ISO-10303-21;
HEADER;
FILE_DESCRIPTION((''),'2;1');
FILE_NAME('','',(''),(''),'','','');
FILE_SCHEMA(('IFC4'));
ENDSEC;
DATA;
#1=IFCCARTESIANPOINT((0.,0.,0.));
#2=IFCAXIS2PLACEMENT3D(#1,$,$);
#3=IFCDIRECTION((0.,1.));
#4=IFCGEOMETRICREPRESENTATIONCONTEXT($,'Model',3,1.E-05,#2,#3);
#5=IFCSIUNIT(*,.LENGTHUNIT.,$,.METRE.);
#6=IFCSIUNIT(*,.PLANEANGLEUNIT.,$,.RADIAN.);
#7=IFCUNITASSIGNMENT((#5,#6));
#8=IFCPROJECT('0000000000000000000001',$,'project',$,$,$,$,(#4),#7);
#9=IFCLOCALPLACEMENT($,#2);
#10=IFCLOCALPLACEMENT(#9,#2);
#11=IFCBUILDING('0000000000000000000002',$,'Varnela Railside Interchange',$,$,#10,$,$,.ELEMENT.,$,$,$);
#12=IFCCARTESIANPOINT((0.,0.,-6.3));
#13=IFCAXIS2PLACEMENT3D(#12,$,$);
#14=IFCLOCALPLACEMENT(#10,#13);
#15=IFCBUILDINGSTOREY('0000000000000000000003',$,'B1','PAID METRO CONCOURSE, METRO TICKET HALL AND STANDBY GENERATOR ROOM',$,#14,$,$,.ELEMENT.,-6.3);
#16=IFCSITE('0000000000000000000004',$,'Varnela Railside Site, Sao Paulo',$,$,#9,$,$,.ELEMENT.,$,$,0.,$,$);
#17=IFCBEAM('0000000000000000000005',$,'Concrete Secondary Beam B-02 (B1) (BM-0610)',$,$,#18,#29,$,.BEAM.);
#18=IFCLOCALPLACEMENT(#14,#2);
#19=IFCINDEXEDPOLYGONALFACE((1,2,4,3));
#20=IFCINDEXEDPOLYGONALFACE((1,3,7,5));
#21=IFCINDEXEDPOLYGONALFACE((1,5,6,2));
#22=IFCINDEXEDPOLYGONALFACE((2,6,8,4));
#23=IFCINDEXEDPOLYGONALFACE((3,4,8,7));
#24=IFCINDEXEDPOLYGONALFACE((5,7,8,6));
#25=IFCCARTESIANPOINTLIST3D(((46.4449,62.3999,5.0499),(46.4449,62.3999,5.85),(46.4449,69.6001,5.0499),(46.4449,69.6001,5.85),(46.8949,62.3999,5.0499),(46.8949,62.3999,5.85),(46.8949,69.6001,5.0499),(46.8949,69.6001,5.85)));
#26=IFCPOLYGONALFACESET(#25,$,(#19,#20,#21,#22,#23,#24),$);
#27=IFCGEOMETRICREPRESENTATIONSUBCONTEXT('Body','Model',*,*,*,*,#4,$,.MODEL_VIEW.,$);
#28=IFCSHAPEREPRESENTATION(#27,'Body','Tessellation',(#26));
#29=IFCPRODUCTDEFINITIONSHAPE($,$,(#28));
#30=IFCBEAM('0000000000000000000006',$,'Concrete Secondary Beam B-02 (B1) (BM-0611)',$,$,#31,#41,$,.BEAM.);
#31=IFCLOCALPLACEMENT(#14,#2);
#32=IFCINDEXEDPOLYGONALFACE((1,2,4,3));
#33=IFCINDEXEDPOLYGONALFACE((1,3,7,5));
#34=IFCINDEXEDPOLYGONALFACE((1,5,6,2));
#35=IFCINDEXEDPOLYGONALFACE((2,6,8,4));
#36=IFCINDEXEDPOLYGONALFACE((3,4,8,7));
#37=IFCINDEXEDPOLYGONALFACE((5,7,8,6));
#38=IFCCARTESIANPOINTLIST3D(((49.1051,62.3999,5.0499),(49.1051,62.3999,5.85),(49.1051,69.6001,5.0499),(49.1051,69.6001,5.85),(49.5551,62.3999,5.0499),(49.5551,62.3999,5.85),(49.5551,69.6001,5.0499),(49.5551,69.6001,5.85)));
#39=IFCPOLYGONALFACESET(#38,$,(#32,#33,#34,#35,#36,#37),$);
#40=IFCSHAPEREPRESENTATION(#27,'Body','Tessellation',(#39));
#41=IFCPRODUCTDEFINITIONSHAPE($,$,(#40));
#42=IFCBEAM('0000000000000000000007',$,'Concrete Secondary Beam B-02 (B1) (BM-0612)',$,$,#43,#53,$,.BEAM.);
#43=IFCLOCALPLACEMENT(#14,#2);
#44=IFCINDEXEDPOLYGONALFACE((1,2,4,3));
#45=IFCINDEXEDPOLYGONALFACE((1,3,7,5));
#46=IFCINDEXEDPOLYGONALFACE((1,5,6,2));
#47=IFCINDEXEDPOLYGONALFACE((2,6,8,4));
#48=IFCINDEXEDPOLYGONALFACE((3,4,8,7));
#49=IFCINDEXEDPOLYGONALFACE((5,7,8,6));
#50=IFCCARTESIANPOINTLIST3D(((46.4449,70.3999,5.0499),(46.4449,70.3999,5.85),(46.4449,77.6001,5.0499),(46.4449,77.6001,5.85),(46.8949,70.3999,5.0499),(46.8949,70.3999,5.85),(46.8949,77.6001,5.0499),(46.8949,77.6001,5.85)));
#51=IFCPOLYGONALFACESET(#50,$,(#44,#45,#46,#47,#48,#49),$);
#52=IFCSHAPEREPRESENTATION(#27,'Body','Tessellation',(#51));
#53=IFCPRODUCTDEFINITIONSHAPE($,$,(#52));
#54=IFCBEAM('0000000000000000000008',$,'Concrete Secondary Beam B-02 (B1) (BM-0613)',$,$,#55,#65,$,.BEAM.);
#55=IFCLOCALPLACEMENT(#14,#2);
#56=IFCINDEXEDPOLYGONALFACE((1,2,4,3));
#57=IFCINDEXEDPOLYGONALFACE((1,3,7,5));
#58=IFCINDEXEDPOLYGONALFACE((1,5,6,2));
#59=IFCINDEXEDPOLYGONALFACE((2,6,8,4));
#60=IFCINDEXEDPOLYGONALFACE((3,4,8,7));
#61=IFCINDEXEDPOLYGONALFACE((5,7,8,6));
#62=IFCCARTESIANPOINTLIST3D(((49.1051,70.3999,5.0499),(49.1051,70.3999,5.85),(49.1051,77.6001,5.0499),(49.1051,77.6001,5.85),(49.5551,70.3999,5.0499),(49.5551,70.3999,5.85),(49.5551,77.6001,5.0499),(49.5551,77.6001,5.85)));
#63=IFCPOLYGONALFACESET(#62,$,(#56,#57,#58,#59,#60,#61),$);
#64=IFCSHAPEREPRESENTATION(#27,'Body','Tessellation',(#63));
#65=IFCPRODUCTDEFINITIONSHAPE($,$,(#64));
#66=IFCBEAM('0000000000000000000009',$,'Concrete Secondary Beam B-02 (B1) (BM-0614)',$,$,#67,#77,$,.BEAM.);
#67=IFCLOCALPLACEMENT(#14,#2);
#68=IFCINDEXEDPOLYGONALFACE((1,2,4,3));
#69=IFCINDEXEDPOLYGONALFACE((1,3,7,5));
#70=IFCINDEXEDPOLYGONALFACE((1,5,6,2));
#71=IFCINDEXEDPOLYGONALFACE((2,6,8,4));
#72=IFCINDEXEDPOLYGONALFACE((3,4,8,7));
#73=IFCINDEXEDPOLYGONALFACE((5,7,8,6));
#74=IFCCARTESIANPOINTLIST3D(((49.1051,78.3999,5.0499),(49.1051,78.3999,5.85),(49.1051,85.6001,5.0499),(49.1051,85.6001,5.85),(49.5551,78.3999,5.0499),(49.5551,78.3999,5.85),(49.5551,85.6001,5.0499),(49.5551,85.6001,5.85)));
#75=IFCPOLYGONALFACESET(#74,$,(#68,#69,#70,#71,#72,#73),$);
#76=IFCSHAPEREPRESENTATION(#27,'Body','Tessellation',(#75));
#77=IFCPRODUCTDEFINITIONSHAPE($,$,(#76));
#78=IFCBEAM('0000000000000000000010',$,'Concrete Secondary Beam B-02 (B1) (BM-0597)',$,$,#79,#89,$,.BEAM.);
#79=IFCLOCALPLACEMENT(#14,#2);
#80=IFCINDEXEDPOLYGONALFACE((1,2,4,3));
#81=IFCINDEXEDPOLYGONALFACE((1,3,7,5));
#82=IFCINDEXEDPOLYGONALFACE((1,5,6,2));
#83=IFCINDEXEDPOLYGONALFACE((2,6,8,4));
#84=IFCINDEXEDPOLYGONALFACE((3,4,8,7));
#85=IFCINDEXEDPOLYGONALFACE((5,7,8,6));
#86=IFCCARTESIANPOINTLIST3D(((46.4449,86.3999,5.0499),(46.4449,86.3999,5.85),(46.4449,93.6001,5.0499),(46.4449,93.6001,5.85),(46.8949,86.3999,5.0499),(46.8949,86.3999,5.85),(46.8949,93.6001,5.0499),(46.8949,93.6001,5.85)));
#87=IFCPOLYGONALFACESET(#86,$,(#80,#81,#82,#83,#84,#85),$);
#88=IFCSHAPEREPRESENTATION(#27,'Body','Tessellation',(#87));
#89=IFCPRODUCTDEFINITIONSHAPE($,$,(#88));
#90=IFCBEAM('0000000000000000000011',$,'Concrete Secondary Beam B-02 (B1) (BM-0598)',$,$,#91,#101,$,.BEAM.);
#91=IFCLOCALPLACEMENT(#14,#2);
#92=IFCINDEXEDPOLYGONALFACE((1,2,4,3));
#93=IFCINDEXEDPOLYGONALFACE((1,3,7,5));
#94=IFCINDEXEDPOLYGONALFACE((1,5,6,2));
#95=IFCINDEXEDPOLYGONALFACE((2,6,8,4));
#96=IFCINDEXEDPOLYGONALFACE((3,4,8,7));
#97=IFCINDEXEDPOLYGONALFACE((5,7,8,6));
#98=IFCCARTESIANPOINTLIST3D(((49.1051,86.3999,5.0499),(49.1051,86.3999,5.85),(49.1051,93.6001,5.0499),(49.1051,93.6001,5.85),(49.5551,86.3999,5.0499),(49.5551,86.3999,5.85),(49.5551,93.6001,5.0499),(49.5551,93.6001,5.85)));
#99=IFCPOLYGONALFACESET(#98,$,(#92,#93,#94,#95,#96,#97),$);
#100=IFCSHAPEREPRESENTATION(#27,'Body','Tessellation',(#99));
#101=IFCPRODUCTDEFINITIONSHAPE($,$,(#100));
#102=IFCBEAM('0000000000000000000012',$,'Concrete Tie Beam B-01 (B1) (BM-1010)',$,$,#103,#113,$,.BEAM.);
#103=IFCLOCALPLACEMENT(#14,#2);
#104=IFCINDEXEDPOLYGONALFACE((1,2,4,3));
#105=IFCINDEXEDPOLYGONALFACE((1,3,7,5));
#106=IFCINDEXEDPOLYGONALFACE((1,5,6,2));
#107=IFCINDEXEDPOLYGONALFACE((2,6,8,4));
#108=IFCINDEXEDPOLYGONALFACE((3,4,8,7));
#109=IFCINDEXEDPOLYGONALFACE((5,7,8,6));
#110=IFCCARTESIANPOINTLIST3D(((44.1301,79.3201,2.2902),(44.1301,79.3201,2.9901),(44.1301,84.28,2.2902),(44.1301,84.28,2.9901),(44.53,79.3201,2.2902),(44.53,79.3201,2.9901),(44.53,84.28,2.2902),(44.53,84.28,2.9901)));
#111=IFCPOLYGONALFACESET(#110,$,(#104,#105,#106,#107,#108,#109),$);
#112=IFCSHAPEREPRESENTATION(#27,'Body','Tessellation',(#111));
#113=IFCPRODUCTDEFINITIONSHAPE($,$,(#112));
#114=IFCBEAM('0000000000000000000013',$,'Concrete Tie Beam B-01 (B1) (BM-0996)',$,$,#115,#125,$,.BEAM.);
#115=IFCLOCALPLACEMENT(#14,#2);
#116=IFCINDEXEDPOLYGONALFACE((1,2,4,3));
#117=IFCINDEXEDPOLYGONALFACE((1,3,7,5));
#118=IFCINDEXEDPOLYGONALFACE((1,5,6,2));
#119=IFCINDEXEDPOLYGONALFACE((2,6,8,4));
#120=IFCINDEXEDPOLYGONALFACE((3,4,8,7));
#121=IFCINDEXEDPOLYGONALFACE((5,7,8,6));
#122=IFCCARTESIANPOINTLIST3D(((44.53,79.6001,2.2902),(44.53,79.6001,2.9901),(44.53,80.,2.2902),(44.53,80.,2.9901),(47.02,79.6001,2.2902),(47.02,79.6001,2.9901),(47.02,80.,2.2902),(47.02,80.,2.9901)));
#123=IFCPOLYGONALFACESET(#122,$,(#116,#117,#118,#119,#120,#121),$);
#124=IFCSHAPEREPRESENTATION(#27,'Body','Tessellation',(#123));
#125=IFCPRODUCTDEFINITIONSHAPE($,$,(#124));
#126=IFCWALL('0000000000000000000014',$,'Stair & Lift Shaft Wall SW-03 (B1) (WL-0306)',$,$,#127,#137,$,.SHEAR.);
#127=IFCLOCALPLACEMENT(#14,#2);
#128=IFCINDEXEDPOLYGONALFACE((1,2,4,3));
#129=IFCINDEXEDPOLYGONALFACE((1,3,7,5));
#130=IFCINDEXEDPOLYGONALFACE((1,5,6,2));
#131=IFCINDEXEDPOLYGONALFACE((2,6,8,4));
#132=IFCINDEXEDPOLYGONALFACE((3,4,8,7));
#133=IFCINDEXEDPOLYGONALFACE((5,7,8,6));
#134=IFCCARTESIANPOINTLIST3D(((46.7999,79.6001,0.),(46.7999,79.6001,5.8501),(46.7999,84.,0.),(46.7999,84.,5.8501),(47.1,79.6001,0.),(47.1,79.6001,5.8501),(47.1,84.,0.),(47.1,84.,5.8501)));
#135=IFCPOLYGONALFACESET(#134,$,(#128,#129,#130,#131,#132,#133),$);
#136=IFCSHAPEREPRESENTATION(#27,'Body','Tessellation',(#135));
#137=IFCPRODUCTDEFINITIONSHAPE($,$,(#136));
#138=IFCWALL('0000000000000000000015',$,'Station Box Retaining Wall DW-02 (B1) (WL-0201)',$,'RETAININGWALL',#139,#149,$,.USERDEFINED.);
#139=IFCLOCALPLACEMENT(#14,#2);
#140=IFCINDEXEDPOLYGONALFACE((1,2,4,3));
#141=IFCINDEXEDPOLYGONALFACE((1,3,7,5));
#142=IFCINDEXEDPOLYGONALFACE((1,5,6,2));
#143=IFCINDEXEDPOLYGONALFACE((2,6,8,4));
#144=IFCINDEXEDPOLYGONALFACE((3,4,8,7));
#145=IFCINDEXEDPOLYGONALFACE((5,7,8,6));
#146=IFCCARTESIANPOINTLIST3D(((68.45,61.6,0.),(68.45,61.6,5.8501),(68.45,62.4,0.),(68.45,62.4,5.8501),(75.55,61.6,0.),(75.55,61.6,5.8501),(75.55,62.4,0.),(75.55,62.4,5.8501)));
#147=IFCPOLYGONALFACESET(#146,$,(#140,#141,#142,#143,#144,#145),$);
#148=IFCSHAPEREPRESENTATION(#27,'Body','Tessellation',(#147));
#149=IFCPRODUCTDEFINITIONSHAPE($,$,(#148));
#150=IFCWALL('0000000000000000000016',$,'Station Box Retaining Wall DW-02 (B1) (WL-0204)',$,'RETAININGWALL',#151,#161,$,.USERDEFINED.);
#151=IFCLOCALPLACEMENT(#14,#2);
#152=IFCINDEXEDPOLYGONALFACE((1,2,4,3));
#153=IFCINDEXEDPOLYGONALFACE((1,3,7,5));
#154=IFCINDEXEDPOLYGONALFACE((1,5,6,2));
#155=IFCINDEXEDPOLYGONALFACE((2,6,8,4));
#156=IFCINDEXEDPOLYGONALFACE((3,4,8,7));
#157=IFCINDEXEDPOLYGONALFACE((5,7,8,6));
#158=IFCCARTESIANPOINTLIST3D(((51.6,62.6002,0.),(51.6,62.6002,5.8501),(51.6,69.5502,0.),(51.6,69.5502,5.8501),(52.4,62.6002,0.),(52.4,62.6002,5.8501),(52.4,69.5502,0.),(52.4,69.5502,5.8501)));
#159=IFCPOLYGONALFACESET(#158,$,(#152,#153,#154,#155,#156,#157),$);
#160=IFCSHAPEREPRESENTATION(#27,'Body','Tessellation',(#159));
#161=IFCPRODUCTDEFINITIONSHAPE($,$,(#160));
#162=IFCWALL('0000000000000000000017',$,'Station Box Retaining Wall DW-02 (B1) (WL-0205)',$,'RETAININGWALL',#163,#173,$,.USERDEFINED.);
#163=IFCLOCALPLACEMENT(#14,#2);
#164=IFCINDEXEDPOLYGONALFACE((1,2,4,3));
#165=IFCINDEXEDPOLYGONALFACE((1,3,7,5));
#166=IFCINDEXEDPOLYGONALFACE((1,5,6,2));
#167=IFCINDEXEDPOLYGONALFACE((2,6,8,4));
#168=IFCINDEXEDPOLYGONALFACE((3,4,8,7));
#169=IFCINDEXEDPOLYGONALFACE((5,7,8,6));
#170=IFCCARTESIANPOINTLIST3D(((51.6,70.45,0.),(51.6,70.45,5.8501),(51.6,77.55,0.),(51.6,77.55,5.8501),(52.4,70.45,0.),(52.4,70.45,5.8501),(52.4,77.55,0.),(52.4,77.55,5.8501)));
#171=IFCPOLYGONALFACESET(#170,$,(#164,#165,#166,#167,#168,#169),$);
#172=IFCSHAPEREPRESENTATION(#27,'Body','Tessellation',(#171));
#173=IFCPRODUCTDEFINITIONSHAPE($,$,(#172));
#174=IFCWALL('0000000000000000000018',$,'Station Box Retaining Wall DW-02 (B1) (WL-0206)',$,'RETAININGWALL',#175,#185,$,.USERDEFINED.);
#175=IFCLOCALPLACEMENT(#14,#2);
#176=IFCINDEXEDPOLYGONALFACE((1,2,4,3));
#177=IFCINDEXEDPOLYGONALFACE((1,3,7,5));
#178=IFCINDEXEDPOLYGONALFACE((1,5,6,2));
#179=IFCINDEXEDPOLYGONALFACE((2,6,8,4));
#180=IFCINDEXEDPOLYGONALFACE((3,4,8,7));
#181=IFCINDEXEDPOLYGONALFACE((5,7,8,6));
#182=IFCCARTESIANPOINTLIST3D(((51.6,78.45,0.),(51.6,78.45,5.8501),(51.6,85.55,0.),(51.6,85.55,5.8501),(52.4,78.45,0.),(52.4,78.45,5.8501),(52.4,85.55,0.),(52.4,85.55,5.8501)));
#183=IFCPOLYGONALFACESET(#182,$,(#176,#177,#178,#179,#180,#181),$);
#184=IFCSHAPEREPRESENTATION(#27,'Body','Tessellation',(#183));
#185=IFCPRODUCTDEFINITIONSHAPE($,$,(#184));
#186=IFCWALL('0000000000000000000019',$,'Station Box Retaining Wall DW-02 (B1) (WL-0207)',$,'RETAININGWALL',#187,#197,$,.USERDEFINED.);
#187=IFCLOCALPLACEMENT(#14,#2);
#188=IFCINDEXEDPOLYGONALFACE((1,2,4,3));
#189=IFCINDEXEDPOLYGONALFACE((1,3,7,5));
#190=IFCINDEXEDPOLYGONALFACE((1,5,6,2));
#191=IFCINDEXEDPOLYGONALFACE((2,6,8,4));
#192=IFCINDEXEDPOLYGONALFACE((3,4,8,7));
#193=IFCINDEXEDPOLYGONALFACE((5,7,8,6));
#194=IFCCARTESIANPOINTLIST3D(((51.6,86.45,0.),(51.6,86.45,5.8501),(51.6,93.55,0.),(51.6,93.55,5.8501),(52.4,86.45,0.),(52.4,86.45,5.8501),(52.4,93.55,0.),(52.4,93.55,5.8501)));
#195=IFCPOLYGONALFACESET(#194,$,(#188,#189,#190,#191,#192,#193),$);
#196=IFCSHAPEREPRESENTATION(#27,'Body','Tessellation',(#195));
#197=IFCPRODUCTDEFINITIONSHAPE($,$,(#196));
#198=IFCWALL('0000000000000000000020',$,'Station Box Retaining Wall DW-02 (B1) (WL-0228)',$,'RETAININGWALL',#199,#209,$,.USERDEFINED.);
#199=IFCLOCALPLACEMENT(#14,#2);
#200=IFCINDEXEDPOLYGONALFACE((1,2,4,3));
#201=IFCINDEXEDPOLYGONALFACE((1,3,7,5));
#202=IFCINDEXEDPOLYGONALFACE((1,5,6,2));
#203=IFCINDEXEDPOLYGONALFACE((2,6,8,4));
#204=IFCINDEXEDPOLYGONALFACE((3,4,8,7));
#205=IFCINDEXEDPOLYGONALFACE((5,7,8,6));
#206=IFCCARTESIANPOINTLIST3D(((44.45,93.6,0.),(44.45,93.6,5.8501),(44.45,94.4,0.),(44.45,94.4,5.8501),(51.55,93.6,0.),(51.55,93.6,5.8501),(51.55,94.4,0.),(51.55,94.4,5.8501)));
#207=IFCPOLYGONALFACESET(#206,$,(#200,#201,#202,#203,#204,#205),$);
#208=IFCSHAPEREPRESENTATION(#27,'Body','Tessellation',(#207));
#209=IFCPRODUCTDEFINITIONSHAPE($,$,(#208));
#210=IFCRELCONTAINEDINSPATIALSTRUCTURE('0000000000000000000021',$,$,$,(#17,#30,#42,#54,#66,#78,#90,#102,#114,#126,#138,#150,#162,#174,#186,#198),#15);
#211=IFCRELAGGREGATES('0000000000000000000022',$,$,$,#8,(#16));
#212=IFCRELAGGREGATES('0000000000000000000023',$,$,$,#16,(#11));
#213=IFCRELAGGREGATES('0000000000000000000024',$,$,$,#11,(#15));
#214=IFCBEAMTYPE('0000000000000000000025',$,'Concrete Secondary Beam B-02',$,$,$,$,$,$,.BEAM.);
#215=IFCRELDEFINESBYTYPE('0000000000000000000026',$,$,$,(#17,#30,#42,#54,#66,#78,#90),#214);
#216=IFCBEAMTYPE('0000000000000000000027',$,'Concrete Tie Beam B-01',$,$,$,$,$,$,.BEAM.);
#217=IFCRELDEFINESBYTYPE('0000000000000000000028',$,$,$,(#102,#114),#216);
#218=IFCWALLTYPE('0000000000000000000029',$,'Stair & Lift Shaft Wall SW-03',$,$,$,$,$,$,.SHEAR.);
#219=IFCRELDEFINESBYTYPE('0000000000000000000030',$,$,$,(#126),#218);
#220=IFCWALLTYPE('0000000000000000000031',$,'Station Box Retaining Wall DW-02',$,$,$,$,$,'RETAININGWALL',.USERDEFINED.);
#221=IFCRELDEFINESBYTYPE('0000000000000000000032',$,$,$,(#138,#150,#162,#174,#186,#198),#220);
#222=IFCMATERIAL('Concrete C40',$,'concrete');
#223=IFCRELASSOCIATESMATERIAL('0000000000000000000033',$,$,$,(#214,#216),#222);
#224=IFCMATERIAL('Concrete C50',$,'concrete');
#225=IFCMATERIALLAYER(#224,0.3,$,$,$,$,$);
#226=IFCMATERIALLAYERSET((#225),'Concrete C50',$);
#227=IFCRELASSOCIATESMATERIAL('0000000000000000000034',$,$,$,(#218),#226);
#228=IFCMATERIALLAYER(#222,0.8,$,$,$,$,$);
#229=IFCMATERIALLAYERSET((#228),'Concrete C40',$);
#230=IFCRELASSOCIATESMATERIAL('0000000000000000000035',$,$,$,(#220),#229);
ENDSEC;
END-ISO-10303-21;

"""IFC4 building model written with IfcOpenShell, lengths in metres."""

from ifc_helpers import new_model, si_unit, direction, frame, frame_2d, origin, origin_2d, place, context, subcontext, project, spatial, rectangle, extrude, material, layer, layer_set, material_profile, profile_set, type_object, element, save


model = new_model("IFC4")

# Units and contexts
model_context = context("Model", 3, precision=1e-05, world=origin(), true_north=direction((0.0, 1.0)))
body_context = subcontext(model_context, "Body", "Model", "MODEL_VIEW")
ifc_project = project(units=[si_unit("LENGTHUNIT", "METRE"), si_unit("PLANEANGLEUNIT", "RADIAN")], contexts=[model_context])

# Site, building, storey
site_placement = place(None, origin())
site = spatial("IfcSite", under=ifc_project, at=site_placement, Name="Varnela Railside Site, Sao Paulo", CompositionType="ELEMENT", RefElevation=0.0)
building_placement = place(site_placement, origin())
building = spatial("IfcBuilding", under=site, at=building_placement, Name="Varnela Railside Interchange", CompositionType="ELEMENT")
storey_placement = place(building_placement, frame((0.0, 0.0, -6.3)))
storey = spatial("IfcBuildingStorey", under=building, at=storey_placement, Name="B1", Description="PAID METRO CONCOURSE, METRO TICKET HALL AND STANDBY GENERATOR ROOM", CompositionType="ELEMENT", Elevation=-6.3)

# Shared definitions
ifc_material_1 = material(Name="Concrete C50", Category="concrete")

# Beams
ifc_material_2 = material(Name="Concrete C40", Category="concrete")
ifc_material_profile_1 = material_profile(ifc_material_2, rectangle(XDim=0.45, YDim=0.8, at=origin_2d()), Name="RC 450x800")
ifc_profile_set_1 = profile_set([ifc_material_profile_1], Name="Concrete C40")
beam_type_1 = type_object("IfcBeamType", Name="Concrete Secondary Beam B-02", PredefinedType="BEAM", material=ifc_profile_set_1)
for number, where, z_axis, x_axis, name in (
    (1, (46.6699, 62.3999, 5.45), (0.0, 1.0, 0.0), (-1.0, 0.0, 0.0), "Concrete Secondary Beam B-02 (B1) (BM-0610)"),
    (2, (49.3301, 62.3999, 5.45), (0.0, 1.0, 0.0), (-1.0, 0.0, 0.0), "Concrete Secondary Beam B-02 (B1) (BM-0611)"),
    (3, (46.6699, 70.3999, 5.45), (0.0, 1.0, 0.0), (-1.0, 0.0, 0.0), "Concrete Secondary Beam B-02 (B1) (BM-0612)"),
    (4, (49.3301, 70.3999, 5.45), (0.0, 1.0, 0.0), (-1.0, 0.0, 0.0), "Concrete Secondary Beam B-02 (B1) (BM-0613)"),
    (5, (49.3301, 78.3999, 5.45), (0.0, 1.0, 0.0), (-1.0, 0.0, 0.0), "Concrete Secondary Beam B-02 (B1) (BM-0614)"),
    (6, (46.6699, 86.3999, 5.45), (0.0, 1.0, 0.0), (-1.0, 0.0, 0.0), "Concrete Secondary Beam B-02 (B1) (BM-0597)"),
    (7, (49.3301, 86.3999, 5.45), (0.0, 1.0, 0.0), (-1.0, 0.0, 0.0), "Concrete Secondary Beam B-02 (B1) (BM-0598)"),
):
    element("IfcBeam", number, at=place(storey_placement, frame(where, z_axis=z_axis, x_axis=x_axis)), inside=storey, type_object=beam_type_1, Name=name, PredefinedType="BEAM", context=body_context, shape_type="SweptSolid", body=[
        extrude(rectangle(XDim=0.45, YDim=0.8, at=origin_2d()), origin(), (0.0, 0.0, 1.0), 7.2002),
    ])
ifc_material_profile_2 = material_profile(ifc_material_2, rectangle(XDim=0.3999, YDim=0.7, at=origin_2d()), Name="RC 400x700")
ifc_profile_set_2 = profile_set([ifc_material_profile_2], Name="Concrete C40")
beam_type_2 = type_object("IfcBeamType", Name="Concrete Tie Beam B-01", PredefinedType="BEAM", material=ifc_profile_set_2)
beam_1_placement = place(storey_placement, frame((44.3301, 79.3201, 2.6401), z_axis=(0.0, 1.0, 0.0), x_axis=(-1.0, 0.0, 0.0)))
element("IfcBeam", 8, at=beam_1_placement, inside=storey, type_object=beam_type_2, Name="Concrete Tie Beam B-01 (B1) (BM-1010)", PredefinedType="BEAM", context=body_context, shape_type="SweptSolid", body=[
    extrude(rectangle(XDim=0.3999, YDim=0.7, at=origin_2d()), origin(), (0.0, 0.0, 1.0), 4.96),
])
beam_2_placement = place(storey_placement, frame((44.53, 79.8, 2.6401), z_axis=(1.0, 0.0, 0.0), x_axis=(0.0, 1.0, 0.0)))
element("IfcBeam", 9, at=beam_2_placement, inside=storey, type_object=beam_type_2, Name="Concrete Tie Beam B-01 (B1) (BM-0996)", PredefinedType="BEAM", context=body_context, shape_type="SweptSolid", body=[
    extrude(rectangle(XDim=0.3999, YDim=0.7, at=origin_2d()), origin(), (0.0, 0.0, 1.0), 2.49),
])

# Walls
ifc_layer_1 = layer(ifc_material_1, 0.3)
ifc_layer_set_1 = layer_set([ifc_layer_1], Name="Concrete C50")
wall_type_1 = type_object("IfcWallType", Name="Stair & Lift Shaft Wall SW-03", PredefinedType="SHEAR", material=ifc_layer_set_1)
wall_1_placement = place(storey_placement, frame((46.95, 79.6001, 0.0), z_axis=(0.0, 0.0, 1.0), x_axis=(0.0, 1.0, 0.0)))
element("IfcWall", 10, at=wall_1_placement, inside=storey, type_object=wall_type_1, Name="Stair & Lift Shaft Wall SW-03 (B1) (WL-0306)", PredefinedType="SHEAR", context=body_context, shape_type="SweptSolid", body=[
    extrude(rectangle(XDim=4.3999, YDim=0.3, at=frame_2d((2.2, 0.0))), origin(), (0.0, 0.0, 1.0), 5.8501),
])
ifc_layer_2 = layer(ifc_material_2, 0.8)
ifc_layer_set_2 = layer_set([ifc_layer_2], Name="Concrete C40")
wall_type_2 = type_object("IfcWallType", Name="Station Box Retaining Wall DW-02", ElementType="RETAININGWALL", PredefinedType="USERDEFINED", material=ifc_layer_set_2)
wall_2_placement = place(storey_placement, frame((75.55, 62.0, 0.0), z_axis=(0.0, 0.0, 1.0), x_axis=(-1.0, 0.0, 0.0)))
element("IfcWall", 11, at=wall_2_placement, inside=storey, type_object=wall_type_2, Name="Station Box Retaining Wall DW-02 (B1) (WL-0201)", ObjectType="RETAININGWALL", PredefinedType="USERDEFINED", context=body_context, shape_type="SweptSolid", body=[
    extrude(rectangle(XDim=7.1001, YDim=0.8, at=frame_2d((3.55, 0.0))), origin(), (0.0, 0.0, 1.0), 5.8501),
])
wall_3_placement = place(storey_placement, frame((52.0, 62.6001, 0.0), z_axis=(0.0, 0.0, 1.0), x_axis=(0.0, 1.0, 0.0)))
element("IfcWall", 12, at=wall_3_placement, inside=storey, type_object=wall_type_2, Name="Station Box Retaining Wall DW-02 (B1) (WL-0204)", ObjectType="RETAININGWALL", PredefinedType="USERDEFINED", context=body_context, shape_type="SweptSolid", body=[
    extrude(rectangle(XDim=6.95, YDim=0.8, at=frame_2d((3.4751, 0.0))), origin(), (0.0, 0.0, 1.0), 5.8501),
])
for number, where, z_axis, x_axis, name in (
    (13, (52.0, 70.45, 0.0), (0.0, 0.0, 1.0), (0.0, 1.0, 0.0), "Station Box Retaining Wall DW-02 (B1) (WL-0205)"),
    (14, (52.0, 78.45, 0.0), (0.0, 0.0, 1.0), (0.0, 1.0, 0.0), "Station Box Retaining Wall DW-02 (B1) (WL-0206)"),
    (15, (52.0, 86.45, 0.0), (0.0, 0.0, 1.0), (0.0, 1.0, 0.0), "Station Box Retaining Wall DW-02 (B1) (WL-0207)"),
    (16, (51.55, 94.0, 0.0), (0.0, 0.0, 1.0), (-1.0, 0.0, 0.0), "Station Box Retaining Wall DW-02 (B1) (WL-0228)"),
):
    element("IfcWall", number, at=place(storey_placement, frame(where, z_axis=z_axis, x_axis=x_axis)), inside=storey, type_object=wall_type_2, Name=name, ObjectType="RETAININGWALL", PredefinedType="USERDEFINED", context=body_context, shape_type="SweptSolid", body=[
        extrude(rectangle(XDim=7.1001, YDim=0.8, at=frame_2d((3.55, 0.0))), origin(), (0.0, 0.0, 1.0), 5.8501),
    ])

save(model, "model.ifc")
